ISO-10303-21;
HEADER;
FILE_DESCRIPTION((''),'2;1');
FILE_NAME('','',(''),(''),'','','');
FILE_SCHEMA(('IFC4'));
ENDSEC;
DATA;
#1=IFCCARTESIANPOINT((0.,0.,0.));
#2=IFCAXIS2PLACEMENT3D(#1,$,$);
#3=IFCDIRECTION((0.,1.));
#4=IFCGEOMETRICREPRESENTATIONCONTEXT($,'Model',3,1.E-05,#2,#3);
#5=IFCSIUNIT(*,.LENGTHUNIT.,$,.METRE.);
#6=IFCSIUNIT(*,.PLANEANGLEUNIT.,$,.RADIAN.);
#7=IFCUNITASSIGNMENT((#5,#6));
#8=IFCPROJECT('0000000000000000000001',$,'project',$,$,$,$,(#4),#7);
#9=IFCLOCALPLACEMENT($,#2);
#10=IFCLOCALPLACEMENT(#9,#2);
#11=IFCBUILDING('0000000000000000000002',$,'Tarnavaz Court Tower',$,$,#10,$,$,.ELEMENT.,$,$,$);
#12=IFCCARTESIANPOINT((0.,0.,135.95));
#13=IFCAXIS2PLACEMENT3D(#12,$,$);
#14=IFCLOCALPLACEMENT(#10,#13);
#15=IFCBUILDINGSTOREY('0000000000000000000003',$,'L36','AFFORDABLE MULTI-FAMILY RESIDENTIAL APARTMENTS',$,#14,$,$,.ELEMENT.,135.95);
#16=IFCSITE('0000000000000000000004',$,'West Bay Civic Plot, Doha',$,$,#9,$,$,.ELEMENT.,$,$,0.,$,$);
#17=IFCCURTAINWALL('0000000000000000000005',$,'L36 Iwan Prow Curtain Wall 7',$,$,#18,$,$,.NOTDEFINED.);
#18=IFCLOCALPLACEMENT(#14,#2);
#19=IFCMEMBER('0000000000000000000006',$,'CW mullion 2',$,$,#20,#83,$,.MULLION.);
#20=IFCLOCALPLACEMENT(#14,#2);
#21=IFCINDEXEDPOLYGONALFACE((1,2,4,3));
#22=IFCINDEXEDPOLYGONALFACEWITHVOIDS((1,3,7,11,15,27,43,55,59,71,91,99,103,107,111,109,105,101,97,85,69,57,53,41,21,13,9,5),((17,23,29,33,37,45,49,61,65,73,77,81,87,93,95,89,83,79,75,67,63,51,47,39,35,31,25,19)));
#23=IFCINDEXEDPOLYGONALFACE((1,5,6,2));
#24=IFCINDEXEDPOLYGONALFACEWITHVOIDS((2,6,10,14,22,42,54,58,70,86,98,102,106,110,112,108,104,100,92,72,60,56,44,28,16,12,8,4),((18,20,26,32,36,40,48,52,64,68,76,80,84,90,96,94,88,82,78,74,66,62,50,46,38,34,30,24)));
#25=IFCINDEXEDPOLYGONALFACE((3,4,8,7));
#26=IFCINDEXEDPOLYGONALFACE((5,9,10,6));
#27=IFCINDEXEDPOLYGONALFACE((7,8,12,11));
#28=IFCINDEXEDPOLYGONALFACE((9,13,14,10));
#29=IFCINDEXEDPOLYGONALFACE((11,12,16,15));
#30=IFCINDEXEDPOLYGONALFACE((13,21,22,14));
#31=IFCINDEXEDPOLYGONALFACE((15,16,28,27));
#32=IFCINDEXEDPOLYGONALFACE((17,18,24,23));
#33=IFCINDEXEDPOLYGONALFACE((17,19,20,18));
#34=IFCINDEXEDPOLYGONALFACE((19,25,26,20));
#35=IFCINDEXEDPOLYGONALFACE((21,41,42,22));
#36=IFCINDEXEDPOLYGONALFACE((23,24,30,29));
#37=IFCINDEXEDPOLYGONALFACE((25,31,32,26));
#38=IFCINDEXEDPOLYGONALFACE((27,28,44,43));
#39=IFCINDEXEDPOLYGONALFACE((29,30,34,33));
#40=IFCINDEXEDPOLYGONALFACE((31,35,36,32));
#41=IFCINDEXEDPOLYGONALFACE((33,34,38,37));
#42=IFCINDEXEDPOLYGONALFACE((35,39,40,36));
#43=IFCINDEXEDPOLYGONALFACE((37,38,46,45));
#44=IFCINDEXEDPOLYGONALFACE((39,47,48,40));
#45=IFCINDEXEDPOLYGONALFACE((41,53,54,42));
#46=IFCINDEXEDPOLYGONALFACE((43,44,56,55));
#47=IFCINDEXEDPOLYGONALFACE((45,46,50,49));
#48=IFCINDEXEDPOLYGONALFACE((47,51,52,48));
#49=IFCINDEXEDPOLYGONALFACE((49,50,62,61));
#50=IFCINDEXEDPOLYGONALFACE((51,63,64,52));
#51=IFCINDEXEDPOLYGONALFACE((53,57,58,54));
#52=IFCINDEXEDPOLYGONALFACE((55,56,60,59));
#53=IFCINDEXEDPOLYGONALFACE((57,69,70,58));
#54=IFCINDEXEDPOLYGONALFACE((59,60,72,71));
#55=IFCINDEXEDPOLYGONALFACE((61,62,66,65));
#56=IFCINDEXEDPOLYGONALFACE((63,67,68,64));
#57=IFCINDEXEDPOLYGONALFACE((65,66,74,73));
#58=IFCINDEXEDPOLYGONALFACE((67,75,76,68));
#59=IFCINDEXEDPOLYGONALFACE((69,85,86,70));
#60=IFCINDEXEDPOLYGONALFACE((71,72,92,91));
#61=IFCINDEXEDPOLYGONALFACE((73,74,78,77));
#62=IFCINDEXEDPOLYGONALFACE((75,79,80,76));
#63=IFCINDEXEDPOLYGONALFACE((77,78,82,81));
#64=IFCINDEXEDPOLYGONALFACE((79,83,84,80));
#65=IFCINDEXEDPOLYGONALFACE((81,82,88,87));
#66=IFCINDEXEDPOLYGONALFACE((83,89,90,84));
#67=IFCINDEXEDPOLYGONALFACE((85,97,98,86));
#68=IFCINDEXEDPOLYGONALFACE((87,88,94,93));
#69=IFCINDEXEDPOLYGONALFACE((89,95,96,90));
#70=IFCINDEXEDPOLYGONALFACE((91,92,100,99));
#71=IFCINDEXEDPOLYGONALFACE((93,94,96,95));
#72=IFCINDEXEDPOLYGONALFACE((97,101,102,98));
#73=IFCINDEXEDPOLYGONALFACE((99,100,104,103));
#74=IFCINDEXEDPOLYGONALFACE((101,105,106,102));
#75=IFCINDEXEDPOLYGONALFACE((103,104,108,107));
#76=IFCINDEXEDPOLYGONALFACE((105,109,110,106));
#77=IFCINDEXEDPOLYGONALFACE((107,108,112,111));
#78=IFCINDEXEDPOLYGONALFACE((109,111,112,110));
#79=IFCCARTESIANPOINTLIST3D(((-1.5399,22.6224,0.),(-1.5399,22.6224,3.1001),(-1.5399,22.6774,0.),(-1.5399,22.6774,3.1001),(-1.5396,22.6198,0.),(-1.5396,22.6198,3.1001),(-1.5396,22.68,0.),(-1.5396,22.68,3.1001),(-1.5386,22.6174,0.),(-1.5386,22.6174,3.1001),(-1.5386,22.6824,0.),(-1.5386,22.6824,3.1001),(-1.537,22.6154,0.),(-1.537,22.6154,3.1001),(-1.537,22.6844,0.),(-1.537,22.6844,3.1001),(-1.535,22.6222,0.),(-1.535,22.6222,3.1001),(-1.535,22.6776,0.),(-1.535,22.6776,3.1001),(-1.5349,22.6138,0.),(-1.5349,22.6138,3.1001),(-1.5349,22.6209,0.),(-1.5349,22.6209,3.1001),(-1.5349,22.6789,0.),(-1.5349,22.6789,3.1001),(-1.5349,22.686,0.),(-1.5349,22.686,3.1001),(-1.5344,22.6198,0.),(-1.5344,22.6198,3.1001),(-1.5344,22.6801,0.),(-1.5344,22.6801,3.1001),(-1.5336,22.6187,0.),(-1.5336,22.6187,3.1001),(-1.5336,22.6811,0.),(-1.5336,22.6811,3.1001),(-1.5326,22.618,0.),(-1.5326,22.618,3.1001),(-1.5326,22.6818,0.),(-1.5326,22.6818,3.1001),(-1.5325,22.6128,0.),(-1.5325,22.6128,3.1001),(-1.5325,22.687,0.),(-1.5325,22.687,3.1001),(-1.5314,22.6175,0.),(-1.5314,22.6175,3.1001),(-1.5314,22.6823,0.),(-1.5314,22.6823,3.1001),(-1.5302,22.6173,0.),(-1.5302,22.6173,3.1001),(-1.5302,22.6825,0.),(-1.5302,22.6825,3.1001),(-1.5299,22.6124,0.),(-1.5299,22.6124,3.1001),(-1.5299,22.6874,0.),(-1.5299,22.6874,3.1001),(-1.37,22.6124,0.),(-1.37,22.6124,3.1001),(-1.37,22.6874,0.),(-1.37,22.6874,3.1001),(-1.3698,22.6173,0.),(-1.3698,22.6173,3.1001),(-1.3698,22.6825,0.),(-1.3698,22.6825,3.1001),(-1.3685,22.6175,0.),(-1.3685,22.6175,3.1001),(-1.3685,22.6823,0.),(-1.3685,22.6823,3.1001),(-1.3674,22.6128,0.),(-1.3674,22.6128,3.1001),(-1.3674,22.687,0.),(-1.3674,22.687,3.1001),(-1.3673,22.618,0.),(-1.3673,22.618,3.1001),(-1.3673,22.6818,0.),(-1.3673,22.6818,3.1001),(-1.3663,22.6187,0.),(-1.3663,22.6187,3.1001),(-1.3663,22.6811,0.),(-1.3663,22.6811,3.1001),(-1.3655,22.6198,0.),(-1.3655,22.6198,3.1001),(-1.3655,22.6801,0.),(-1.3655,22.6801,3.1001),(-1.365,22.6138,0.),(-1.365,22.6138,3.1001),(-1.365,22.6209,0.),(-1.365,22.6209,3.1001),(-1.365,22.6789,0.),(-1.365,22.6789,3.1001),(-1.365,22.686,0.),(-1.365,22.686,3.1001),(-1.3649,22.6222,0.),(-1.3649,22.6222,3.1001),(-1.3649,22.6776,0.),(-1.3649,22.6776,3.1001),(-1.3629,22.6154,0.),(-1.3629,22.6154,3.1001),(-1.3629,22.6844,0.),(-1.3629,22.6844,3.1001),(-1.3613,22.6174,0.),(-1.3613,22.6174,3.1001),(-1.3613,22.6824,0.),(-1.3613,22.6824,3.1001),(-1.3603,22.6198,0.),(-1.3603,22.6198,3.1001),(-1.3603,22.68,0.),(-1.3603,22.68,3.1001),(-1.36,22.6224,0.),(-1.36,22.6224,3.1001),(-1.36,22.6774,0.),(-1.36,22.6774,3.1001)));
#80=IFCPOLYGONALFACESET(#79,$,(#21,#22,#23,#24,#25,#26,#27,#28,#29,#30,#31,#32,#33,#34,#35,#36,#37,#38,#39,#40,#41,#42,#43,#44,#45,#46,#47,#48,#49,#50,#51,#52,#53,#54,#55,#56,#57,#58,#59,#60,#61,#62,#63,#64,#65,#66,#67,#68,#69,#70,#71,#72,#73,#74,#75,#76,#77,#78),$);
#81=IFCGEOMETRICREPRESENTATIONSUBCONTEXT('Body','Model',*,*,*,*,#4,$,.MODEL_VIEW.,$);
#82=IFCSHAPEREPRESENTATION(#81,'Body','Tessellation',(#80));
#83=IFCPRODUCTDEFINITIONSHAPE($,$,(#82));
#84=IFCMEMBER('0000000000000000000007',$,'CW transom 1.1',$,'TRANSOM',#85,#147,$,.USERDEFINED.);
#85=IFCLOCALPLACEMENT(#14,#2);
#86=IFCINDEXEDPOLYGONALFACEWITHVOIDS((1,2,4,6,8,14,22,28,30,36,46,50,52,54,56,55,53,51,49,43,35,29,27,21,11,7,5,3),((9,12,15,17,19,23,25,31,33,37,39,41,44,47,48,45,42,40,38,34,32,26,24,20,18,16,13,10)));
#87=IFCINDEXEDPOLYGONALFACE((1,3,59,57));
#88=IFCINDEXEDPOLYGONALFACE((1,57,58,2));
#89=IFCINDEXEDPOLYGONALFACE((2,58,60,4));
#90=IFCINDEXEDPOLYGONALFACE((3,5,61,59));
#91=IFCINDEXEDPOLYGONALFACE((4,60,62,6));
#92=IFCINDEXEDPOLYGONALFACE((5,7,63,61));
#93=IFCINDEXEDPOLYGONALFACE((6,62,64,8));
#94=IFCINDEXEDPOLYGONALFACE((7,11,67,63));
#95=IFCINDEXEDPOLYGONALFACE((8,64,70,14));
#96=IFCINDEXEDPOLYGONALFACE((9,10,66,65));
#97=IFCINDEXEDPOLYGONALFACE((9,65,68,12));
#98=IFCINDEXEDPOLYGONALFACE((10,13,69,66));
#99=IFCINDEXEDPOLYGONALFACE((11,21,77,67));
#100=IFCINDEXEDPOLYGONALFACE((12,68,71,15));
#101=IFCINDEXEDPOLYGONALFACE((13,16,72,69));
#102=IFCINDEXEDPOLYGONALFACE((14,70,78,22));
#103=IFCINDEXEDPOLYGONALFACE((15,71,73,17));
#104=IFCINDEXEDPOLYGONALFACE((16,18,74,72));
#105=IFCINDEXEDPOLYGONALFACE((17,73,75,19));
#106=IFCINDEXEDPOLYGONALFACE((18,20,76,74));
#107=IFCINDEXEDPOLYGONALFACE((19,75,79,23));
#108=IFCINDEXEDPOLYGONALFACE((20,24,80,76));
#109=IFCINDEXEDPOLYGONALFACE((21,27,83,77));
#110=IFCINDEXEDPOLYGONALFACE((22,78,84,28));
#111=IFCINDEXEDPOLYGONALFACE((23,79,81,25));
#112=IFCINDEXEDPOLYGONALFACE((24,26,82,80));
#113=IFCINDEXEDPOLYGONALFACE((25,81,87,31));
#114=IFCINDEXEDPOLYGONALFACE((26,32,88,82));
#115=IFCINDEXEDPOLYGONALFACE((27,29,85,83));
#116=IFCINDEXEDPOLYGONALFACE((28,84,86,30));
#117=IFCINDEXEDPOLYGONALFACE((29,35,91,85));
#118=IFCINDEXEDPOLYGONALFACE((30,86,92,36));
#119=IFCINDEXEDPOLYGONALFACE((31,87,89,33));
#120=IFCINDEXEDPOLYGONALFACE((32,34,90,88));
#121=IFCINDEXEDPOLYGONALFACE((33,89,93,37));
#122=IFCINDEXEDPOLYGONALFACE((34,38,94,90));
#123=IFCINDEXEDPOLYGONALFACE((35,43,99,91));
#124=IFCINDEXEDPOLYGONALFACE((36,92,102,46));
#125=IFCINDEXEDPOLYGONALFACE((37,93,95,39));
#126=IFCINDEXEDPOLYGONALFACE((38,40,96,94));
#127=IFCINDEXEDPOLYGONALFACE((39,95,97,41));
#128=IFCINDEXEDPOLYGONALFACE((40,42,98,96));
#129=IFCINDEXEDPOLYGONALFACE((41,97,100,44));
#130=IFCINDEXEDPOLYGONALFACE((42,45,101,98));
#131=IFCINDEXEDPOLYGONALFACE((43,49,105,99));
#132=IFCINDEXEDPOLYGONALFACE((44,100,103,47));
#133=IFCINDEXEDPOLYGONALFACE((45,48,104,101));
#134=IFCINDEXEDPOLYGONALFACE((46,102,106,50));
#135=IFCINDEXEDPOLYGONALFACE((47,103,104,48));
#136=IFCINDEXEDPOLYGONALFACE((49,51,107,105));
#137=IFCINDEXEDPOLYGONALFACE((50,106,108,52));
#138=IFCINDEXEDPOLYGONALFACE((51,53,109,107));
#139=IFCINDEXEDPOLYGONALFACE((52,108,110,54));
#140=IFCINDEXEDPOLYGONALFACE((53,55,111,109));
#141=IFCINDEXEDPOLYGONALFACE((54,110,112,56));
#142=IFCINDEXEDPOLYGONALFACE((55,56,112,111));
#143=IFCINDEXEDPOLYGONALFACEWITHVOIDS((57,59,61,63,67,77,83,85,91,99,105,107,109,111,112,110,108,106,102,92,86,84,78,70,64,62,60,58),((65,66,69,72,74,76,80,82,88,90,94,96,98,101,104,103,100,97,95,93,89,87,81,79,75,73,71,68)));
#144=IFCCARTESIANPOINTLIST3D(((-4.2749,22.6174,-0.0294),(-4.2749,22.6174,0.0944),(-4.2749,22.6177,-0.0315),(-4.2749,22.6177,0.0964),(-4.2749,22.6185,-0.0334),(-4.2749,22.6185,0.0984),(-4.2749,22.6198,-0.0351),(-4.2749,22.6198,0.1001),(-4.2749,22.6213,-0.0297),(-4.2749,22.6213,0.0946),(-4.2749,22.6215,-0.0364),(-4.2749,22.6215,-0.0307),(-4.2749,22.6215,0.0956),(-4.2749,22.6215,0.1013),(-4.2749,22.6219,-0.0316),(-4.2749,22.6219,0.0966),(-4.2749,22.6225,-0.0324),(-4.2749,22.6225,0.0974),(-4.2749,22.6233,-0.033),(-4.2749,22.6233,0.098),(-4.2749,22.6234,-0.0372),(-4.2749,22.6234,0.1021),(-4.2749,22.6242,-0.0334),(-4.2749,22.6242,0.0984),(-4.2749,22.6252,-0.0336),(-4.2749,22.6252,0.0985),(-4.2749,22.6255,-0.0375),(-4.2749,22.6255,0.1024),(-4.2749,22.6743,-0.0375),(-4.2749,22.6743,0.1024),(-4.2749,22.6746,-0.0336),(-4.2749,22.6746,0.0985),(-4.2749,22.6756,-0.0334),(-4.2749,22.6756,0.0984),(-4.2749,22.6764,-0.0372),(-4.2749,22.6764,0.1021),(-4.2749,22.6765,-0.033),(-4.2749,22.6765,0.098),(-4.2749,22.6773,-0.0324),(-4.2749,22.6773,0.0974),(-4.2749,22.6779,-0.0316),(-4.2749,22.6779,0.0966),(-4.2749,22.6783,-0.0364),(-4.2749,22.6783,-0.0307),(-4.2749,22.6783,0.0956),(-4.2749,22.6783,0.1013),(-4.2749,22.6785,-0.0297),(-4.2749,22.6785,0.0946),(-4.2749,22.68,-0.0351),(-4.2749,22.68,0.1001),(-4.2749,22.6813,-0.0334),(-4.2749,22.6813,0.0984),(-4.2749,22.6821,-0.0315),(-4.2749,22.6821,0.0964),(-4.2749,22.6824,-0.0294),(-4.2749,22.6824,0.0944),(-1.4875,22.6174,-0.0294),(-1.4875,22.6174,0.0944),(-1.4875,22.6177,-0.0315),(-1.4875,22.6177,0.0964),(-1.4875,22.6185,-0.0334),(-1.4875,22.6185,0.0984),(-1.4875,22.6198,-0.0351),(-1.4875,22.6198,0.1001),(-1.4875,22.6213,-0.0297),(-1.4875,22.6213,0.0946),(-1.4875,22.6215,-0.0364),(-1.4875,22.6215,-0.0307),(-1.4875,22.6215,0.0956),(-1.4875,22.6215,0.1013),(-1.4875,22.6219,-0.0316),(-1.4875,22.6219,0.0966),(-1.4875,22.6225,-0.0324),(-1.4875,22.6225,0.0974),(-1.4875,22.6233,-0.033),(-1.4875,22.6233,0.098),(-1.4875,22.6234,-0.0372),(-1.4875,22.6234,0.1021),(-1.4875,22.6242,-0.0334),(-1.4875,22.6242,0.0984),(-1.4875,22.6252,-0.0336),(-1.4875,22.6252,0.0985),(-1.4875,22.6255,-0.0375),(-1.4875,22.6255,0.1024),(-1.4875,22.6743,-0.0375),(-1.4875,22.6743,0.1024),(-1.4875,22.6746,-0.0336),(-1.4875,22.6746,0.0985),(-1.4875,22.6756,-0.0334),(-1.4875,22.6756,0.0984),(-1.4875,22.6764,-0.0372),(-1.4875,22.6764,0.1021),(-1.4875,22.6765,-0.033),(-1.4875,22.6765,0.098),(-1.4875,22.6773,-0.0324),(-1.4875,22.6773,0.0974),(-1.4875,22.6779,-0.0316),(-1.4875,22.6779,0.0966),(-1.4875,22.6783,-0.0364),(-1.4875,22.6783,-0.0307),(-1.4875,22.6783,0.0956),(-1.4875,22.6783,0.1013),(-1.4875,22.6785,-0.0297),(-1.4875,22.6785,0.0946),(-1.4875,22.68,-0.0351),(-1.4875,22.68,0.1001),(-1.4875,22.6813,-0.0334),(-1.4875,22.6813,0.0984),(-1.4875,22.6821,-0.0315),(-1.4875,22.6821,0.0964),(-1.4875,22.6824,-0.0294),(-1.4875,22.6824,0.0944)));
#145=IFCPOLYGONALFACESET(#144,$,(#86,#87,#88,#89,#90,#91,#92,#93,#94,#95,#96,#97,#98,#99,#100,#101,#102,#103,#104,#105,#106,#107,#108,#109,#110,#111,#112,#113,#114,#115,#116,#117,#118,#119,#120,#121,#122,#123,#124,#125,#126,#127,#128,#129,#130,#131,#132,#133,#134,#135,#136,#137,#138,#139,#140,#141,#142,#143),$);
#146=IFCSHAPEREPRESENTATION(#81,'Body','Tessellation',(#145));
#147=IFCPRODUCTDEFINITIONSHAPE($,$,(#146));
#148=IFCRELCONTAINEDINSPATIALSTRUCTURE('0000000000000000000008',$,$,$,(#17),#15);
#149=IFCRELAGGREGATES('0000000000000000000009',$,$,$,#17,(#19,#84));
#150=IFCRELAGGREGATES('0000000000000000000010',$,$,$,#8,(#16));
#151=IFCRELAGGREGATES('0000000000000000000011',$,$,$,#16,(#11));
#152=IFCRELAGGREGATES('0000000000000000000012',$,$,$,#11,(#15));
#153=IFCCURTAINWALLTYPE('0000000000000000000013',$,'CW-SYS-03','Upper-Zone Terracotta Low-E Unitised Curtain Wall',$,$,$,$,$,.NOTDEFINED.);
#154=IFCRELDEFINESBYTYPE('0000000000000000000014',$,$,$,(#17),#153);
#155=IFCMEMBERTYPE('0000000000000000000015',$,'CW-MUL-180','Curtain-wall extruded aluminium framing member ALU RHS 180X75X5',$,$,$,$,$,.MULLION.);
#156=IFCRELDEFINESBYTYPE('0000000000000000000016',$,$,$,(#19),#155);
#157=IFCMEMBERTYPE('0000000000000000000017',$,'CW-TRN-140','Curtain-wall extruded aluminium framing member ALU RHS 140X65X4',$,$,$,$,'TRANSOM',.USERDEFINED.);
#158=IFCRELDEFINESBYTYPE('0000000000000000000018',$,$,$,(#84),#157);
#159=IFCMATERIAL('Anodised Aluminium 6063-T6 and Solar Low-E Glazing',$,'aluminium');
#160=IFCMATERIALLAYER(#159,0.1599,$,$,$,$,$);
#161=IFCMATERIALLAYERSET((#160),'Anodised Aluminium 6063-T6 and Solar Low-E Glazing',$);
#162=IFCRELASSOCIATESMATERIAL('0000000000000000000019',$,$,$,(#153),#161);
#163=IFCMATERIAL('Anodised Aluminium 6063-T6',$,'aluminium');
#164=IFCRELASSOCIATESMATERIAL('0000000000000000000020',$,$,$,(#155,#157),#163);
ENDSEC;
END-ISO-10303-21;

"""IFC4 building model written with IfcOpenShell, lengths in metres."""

from ifc_helpers import new_model, si_unit, direction, frame, origin, origin_2d, place, context, subcontext, project, spatial, hollow_rectangle, extrude, material, layer, layer_set, material_profile, profile_set, type_object, element, aggregate, save


model = new_model("IFC4")

# Units and contexts
model_context = context("Model", 3, precision=1e-05, world=origin(), true_north=direction((0.0, 1.0)))
body_context = subcontext(model_context, "Body", "Model", "MODEL_VIEW")
ifc_project = project(units=[si_unit("LENGTHUNIT", "METRE"), si_unit("PLANEANGLEUNIT", "RADIAN")], contexts=[model_context])

# Site, building, storey
site_placement = place(None, origin())
site = spatial("IfcSite", under=ifc_project, at=site_placement, Name="West Bay Civic Plot, Doha", CompositionType="ELEMENT", RefElevation=0.0)
building_placement = place(site_placement, origin())
building = spatial("IfcBuilding", under=site, at=building_placement, Name="Tarnavaz Court Tower", CompositionType="ELEMENT")
storey_placement = place(building_placement, frame((0.0, 0.0, 135.95)))
storey = spatial("IfcBuildingStorey", under=building, at=storey_placement, Name="L36", Description="AFFORDABLE MULTI-FAMILY RESIDENTIAL APARTMENTS", CompositionType="ELEMENT", Elevation=135.95)

# Curtain wall, members
ifc_material_1 = material(Name="Anodised Aluminium 6063-T6 and Solar Low-E Glazing", Category="aluminium")
ifc_layer_1 = layer(ifc_material_1, 0.1599)
ifc_layer_set_1 = layer_set([ifc_layer_1], Name="Anodised Aluminium 6063-T6 and Solar Low-E Glazing")
curtain_wall_type = type_object("IfcCurtainWallType", Name="CW-SYS-03", Description="Upper-Zone Terracotta Low-E Unitised Curtain Wall", PredefinedType="NOTDEFINED", material=ifc_layer_set_1)
curtain_wall_placement = place(storey_placement, origin())
curtain_wall = element("IfcCurtainWall", 1, at=curtain_wall_placement, inside=storey, type_object=curtain_wall_type, Name="L36 Iwan Prow Curtain Wall 7", PredefinedType="NOTDEFINED")
ifc_material_2 = material(Name="Anodised Aluminium 6063-T6", Category="aluminium")
ifc_material_profile_1 = material_profile(ifc_material_2, hollow_rectangle(XDim=0.075, YDim=0.1799, WallThickness=0.0049, InnerFilletRadius=0.0049, OuterFilletRadius=0.01, at=origin_2d()), Name="ALU RHS 180X75X5")
ifc_profile_set_1 = profile_set([ifc_material_profile_1], Name="Anodised Aluminium 6063-T6")
member_type_1 = type_object("IfcMemberType", Name="CW-MUL-180", Description="Curtain-wall extruded aluminium framing member ALU RHS 180X75X5", PredefinedType="MULLION", material=ifc_profile_set_1)
member_1_placement = place(storey_placement, frame((-1.45, 22.6499, 0.0), z_axis=(0.0, 0.0, 1.0), x_axis=(0.0, 1.0, 0.0)))
member_1 = element("IfcMember", 2, at=member_1_placement, type_object=member_type_1, Name="CW mullion 2", PredefinedType="MULLION", context=body_context, shape_type="SweptSolid", body=[
    extrude(hollow_rectangle(XDim=0.075, YDim=0.1799, WallThickness=0.0049, InnerFilletRadius=0.0049, OuterFilletRadius=0.01, at=origin_2d()), origin(), (0.0, 0.0, 1.0), 3.1001),
])
ifc_material_profile_2 = material_profile(ifc_material_2, hollow_rectangle(XDim=0.0649, YDim=0.1399, WallThickness=0.0039, InnerFilletRadius=0.0039, OuterFilletRadius=0.0081, at=origin_2d()), Name="ALU RHS 140X65X4")
ifc_profile_set_2 = profile_set([ifc_material_profile_2], Name="Anodised Aluminium 6063-T6")
member_type_2 = type_object("IfcMemberType", Name="CW-TRN-140", Description="Curtain-wall extruded aluminium framing member ALU RHS 140X65X4", ElementType="TRANSOM", PredefinedType="USERDEFINED", material=ifc_profile_set_2)
member_2_placement = place(storey_placement, frame((-4.2749, 22.6499, 0.0325), z_axis=(1.0, 0.0, 0.0), x_axis=(0.0, 1.0, 0.0)))
member_2 = element("IfcMember", 3, at=member_2_placement, type_object=member_type_2, Name="CW transom 1.1", ObjectType="TRANSOM", PredefinedType="USERDEFINED", context=body_context, shape_type="SweptSolid", body=[
    extrude(hollow_rectangle(XDim=0.0649, YDim=0.1399, WallThickness=0.0039, InnerFilletRadius=0.0039, OuterFilletRadius=0.0081, at=origin_2d()), origin(), (0.0, 0.0, 1.0), 2.7874),
])
aggregate(curtain_wall, [member_1, member_2])

save(model, "model.ifc")
